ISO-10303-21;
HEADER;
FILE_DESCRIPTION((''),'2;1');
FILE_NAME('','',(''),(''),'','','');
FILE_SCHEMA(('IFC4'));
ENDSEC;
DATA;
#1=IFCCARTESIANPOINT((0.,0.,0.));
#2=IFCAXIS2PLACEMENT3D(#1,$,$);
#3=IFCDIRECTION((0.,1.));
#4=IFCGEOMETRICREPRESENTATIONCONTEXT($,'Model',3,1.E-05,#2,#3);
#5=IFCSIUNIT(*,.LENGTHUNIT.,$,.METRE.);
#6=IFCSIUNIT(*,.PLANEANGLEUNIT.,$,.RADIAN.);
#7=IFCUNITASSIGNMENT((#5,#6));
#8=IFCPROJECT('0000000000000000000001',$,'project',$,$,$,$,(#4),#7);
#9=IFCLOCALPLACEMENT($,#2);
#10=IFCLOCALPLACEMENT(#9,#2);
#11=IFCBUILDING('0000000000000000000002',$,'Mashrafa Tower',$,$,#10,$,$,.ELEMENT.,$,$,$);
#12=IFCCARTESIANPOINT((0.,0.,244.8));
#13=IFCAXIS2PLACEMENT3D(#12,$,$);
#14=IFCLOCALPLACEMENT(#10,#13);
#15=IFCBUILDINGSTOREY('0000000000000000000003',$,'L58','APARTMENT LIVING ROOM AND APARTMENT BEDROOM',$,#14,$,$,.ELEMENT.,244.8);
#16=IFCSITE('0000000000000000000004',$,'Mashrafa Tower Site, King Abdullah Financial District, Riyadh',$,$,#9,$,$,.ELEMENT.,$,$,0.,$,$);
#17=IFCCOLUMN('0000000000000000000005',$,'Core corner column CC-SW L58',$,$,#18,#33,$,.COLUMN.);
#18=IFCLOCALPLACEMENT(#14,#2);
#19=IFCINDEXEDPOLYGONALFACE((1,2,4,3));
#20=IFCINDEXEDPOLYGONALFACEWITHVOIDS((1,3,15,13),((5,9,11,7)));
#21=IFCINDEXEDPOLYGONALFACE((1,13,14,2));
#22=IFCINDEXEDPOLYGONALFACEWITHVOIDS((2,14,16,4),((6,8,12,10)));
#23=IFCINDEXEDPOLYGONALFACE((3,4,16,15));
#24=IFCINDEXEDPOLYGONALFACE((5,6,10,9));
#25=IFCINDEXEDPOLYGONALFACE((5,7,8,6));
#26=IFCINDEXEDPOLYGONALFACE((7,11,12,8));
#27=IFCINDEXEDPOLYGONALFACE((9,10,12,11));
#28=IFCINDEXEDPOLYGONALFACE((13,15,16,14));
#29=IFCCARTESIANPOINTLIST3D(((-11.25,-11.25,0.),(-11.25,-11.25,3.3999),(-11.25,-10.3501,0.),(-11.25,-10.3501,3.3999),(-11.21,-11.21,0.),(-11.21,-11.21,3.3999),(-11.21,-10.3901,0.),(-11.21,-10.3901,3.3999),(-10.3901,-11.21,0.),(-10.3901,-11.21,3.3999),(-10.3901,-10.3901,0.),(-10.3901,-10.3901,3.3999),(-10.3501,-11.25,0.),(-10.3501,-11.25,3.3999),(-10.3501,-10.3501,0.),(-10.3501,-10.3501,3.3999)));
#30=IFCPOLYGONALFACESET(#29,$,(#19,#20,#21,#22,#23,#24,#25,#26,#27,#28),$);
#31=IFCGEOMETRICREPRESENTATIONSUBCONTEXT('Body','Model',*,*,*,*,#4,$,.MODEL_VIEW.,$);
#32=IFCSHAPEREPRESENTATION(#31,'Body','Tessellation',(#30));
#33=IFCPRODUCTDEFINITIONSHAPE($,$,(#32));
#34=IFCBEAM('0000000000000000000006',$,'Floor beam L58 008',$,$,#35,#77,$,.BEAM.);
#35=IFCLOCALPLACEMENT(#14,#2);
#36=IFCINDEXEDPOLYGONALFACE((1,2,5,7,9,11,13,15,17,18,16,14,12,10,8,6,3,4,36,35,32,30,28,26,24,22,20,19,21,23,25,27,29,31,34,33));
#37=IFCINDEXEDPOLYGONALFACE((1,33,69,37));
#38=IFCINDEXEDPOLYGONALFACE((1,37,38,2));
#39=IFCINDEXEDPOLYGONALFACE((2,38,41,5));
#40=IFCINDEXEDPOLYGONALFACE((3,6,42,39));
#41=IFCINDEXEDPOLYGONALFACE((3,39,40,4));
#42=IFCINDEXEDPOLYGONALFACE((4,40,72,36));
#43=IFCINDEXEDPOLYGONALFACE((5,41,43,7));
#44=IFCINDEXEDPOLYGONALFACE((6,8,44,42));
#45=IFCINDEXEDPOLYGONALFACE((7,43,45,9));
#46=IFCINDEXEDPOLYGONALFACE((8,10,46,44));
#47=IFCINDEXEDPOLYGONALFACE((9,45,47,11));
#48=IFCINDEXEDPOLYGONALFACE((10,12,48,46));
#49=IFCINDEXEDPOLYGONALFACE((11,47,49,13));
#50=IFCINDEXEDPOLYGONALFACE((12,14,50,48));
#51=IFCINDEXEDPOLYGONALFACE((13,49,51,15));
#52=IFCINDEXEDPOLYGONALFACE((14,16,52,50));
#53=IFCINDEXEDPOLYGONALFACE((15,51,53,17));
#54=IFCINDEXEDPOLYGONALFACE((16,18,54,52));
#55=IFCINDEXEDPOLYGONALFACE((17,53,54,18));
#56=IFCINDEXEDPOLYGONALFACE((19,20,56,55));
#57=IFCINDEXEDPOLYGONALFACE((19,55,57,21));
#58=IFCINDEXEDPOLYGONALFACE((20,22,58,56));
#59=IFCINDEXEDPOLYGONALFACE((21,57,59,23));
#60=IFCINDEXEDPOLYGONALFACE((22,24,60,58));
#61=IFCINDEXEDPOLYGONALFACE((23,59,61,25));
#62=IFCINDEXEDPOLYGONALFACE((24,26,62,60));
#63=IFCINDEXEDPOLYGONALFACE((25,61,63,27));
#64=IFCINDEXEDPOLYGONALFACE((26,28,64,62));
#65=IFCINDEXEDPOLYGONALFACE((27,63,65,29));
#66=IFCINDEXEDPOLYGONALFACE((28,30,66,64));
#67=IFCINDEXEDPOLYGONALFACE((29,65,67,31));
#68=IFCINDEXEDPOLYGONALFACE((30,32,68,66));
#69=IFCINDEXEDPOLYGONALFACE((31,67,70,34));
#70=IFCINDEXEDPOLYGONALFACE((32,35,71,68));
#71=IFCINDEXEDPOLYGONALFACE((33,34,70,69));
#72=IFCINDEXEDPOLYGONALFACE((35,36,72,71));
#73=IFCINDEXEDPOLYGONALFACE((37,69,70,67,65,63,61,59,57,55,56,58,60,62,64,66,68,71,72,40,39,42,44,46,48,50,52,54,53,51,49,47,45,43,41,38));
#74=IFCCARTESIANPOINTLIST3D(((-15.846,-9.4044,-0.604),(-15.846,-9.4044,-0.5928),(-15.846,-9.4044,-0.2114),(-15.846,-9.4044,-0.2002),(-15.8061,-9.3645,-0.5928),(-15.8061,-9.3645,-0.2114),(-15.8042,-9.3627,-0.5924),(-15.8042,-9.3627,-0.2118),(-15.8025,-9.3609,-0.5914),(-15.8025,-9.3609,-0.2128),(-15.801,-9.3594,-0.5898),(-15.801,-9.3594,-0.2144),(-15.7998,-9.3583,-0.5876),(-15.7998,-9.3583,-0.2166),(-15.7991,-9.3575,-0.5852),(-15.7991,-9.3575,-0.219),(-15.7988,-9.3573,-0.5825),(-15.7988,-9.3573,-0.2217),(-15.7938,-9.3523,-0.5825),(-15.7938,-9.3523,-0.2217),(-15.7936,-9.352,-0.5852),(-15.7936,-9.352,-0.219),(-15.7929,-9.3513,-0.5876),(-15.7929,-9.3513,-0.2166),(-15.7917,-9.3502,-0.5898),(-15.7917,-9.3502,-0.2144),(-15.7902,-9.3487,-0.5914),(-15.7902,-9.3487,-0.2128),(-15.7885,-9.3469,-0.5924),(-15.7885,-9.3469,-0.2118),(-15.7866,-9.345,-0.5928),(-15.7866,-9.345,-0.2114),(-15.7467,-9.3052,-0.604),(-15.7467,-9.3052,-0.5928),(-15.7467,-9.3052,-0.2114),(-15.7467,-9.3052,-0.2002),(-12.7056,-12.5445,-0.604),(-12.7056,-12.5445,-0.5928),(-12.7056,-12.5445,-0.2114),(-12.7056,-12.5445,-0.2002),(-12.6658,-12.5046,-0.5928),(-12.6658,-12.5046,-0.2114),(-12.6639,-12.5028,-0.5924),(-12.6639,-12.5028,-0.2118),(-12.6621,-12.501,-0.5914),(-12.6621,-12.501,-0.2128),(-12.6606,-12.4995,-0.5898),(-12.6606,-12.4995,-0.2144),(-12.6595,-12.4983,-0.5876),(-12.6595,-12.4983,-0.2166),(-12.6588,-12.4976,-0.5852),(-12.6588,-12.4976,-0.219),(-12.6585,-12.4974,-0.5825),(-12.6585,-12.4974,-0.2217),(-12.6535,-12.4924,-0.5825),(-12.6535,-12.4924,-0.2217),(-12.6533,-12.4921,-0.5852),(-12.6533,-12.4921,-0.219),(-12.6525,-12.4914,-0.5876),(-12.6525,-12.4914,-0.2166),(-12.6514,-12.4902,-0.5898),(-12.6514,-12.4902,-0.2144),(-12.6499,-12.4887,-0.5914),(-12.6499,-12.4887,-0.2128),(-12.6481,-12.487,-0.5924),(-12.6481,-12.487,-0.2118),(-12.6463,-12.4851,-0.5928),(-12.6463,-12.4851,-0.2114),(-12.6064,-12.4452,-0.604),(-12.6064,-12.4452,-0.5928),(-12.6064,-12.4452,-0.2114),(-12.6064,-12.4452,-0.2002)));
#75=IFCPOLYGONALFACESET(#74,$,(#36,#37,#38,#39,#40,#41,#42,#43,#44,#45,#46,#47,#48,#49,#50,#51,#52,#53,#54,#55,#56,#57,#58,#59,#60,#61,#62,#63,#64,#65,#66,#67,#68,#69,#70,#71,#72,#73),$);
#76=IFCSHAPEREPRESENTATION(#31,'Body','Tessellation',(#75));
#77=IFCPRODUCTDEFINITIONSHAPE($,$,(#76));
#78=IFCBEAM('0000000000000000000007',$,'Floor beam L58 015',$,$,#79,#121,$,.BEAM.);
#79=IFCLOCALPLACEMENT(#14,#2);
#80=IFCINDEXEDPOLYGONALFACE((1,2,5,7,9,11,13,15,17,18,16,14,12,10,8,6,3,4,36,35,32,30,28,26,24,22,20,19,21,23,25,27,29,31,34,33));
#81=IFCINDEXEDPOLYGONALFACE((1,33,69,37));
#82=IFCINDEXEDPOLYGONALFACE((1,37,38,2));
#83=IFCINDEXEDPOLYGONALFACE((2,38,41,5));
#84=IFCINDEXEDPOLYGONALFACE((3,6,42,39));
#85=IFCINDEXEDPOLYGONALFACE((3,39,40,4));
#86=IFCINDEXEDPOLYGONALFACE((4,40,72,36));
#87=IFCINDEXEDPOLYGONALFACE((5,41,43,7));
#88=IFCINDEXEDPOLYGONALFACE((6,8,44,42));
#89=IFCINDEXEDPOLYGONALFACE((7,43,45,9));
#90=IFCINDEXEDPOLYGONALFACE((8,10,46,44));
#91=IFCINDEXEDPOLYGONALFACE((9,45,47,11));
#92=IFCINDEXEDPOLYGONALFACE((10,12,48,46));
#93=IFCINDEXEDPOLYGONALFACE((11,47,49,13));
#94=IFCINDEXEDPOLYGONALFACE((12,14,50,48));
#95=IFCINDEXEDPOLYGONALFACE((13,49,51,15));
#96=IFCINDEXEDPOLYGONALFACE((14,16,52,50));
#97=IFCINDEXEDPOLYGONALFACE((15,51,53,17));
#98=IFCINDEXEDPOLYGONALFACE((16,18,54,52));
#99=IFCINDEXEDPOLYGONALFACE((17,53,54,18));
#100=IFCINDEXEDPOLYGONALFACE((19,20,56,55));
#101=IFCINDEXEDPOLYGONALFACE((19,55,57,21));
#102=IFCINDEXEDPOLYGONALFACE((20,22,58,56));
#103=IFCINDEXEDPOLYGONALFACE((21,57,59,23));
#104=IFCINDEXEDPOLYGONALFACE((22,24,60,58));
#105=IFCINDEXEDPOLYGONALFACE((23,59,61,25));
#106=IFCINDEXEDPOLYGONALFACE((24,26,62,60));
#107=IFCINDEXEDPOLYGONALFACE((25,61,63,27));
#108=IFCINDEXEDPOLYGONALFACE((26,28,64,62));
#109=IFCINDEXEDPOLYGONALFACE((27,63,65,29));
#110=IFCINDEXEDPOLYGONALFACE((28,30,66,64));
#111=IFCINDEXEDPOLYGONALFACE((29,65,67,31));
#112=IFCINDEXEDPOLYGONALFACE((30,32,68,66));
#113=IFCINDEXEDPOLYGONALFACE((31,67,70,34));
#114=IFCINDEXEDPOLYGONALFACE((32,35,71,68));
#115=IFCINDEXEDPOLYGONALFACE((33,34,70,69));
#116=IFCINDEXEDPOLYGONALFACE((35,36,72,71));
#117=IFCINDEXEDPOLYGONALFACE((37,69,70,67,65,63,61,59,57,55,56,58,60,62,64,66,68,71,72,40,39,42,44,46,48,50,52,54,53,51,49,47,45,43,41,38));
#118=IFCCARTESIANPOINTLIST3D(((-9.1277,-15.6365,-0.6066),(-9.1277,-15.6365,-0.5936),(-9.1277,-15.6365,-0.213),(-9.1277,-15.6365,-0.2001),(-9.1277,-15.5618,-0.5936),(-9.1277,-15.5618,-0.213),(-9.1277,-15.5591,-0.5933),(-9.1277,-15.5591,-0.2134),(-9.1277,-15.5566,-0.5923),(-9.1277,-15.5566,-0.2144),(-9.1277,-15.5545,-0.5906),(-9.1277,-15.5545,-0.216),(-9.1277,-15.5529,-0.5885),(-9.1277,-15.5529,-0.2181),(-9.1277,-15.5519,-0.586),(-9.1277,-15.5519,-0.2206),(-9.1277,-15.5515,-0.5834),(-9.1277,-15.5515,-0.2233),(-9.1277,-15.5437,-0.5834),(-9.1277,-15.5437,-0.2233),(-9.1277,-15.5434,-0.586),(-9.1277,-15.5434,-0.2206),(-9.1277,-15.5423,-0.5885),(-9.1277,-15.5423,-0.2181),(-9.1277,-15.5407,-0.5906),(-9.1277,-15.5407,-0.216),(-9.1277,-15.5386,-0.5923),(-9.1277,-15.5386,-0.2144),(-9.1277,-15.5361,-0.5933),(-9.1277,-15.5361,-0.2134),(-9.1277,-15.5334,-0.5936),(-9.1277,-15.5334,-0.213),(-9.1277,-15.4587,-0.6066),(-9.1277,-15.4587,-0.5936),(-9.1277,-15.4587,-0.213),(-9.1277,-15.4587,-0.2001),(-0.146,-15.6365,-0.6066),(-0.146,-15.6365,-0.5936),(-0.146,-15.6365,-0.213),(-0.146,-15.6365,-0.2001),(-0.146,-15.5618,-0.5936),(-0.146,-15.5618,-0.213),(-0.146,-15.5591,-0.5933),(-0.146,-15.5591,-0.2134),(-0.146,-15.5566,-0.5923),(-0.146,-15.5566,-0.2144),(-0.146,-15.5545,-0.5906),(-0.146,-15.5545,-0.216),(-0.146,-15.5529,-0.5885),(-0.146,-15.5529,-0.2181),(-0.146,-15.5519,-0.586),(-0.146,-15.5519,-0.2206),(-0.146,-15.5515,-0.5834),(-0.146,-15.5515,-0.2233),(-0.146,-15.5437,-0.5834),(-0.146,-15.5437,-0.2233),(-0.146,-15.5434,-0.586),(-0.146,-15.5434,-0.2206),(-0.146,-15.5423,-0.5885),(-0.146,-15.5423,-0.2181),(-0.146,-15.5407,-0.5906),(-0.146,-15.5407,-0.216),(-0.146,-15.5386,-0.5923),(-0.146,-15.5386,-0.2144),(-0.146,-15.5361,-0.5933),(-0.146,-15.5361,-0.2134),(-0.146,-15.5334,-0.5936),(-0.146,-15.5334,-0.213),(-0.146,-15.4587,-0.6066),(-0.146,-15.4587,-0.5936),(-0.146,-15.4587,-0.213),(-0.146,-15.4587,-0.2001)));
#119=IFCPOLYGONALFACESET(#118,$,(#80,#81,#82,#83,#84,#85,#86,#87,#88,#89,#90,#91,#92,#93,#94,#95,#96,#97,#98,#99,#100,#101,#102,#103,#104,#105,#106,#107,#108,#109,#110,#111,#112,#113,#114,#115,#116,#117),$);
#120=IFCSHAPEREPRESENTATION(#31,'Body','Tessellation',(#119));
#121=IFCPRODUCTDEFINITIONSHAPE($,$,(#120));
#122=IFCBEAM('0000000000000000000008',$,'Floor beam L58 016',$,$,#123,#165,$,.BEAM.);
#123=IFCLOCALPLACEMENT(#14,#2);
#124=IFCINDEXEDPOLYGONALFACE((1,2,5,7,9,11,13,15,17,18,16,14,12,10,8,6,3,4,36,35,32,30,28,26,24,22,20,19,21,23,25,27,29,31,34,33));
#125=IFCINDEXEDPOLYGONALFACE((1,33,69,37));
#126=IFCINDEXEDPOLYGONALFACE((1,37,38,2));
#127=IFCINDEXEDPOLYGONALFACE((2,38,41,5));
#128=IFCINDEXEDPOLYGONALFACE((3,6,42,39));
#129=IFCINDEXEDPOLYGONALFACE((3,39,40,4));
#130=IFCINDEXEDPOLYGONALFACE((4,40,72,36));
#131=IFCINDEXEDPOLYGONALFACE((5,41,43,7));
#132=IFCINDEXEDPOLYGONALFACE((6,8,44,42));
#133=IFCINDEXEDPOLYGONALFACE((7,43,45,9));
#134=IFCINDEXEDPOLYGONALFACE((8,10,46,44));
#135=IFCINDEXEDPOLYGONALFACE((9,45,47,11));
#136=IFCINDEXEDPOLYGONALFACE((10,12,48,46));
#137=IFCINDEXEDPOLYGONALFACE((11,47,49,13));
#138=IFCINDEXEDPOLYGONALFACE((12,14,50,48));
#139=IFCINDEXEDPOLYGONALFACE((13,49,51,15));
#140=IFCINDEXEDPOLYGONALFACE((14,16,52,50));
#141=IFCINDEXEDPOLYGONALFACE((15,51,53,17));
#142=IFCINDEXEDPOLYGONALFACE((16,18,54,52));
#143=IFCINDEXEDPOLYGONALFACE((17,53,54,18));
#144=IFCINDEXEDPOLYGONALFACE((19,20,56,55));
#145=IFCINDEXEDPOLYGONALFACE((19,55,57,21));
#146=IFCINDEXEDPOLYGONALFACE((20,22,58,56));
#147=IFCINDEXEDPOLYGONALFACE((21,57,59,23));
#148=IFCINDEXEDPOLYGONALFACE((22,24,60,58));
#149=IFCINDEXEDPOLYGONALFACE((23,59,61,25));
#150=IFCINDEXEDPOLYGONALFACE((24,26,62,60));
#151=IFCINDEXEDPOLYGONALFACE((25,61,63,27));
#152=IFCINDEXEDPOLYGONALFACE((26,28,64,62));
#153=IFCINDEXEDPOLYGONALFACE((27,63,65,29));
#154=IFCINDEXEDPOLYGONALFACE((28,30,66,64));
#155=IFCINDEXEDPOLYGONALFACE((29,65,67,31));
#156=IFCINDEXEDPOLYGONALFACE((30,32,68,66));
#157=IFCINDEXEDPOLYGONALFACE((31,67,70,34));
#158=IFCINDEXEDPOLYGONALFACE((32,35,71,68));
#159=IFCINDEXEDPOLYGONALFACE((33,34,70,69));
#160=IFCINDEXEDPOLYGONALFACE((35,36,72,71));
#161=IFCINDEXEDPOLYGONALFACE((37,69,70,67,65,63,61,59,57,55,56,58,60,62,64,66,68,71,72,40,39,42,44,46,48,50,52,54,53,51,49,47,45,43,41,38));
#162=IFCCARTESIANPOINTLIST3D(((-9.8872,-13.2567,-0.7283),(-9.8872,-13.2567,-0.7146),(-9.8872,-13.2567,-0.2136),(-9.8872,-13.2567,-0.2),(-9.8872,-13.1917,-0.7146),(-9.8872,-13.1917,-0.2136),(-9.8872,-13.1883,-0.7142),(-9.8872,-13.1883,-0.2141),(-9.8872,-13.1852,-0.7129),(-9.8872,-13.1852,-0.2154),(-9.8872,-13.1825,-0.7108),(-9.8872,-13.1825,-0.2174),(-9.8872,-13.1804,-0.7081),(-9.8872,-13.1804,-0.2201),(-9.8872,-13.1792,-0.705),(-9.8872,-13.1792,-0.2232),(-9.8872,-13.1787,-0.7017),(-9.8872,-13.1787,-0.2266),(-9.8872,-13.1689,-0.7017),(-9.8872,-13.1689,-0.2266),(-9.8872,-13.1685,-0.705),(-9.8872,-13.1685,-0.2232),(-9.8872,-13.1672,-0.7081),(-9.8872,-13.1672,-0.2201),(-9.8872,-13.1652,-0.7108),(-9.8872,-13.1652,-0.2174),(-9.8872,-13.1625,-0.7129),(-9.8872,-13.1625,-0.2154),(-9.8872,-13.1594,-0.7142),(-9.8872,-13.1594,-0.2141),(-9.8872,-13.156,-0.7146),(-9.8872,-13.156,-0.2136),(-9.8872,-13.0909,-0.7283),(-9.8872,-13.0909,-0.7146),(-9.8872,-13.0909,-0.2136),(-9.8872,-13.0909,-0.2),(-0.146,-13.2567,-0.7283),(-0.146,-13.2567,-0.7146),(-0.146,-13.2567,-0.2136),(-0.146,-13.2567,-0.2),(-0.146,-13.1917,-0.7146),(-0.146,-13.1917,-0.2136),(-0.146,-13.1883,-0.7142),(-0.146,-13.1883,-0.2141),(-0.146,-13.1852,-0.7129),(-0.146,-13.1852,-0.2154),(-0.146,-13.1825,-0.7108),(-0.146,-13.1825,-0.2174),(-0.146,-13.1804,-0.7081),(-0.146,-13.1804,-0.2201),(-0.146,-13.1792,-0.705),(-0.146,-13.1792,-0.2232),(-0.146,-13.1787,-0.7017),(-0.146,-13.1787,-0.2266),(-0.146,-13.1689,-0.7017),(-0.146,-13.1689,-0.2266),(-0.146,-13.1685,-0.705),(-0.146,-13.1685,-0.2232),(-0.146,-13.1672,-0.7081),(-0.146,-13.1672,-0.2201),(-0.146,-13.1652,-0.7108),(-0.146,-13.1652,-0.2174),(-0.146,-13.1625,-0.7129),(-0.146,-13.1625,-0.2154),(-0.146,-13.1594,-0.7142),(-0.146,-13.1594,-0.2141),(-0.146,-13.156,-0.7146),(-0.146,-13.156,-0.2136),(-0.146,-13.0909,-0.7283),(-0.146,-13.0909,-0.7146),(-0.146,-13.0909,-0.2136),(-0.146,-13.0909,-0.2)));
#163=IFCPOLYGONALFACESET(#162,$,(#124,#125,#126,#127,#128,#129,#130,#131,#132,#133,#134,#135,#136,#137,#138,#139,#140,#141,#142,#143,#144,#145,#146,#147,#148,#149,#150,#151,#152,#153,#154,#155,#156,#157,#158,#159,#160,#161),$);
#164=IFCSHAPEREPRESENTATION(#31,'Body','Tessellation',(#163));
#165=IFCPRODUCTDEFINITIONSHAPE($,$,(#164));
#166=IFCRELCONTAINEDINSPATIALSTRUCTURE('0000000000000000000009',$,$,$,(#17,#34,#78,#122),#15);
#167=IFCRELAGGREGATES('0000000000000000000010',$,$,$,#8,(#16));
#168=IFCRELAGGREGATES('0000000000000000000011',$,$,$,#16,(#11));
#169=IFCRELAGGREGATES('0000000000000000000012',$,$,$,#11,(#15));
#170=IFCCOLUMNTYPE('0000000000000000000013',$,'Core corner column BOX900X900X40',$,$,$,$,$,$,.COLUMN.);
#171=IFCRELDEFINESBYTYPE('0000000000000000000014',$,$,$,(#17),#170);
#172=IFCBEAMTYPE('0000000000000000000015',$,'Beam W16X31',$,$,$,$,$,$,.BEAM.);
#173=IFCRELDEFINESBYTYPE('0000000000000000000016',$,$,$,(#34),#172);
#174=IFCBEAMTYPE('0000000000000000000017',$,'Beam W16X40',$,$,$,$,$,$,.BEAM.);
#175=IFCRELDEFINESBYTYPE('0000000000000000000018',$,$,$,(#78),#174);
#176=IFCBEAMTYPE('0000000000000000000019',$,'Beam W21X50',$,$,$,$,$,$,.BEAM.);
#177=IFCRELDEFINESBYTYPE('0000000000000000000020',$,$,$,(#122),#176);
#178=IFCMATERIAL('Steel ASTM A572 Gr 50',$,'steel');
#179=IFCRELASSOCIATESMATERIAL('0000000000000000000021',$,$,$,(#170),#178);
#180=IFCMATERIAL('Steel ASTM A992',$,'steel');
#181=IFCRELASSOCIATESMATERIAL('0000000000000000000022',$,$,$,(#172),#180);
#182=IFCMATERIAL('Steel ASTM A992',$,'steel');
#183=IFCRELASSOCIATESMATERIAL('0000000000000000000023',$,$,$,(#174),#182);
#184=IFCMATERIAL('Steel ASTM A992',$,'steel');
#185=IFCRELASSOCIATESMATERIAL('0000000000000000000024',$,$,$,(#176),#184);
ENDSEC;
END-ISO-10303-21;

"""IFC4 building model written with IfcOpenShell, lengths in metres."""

from ifc_helpers import new_model, si_unit, direction, frame, origin, origin_2d, place, context, subcontext, project, spatial, hollow_rectangle, i_section, extrude, material, material_profile, profile_set, type_object, element, save


model = new_model("IFC4")

# Units and contexts
model_context = context("Model", 3, precision=1e-05, world=origin(), true_north=direction((0.0, 1.0)))
body_context = subcontext(model_context, "Body", "Model", "MODEL_VIEW")
ifc_project = project(units=[si_unit("LENGTHUNIT", "METRE"), si_unit("PLANEANGLEUNIT", "RADIAN")], contexts=[model_context])

# Site, building, storey
site_placement = place(None, origin())
site = spatial("IfcSite", under=ifc_project, at=site_placement, Name="Mashrafa Tower Site, King Abdullah Financial District, Riyadh", CompositionType="ELEMENT", RefElevation=0.0)
building_placement = place(site_placement, origin())
building = spatial("IfcBuilding", under=site, at=building_placement, Name="Mashrafa Tower", CompositionType="ELEMENT")
storey_placement = place(building_placement, frame((0.0, 0.0, 244.8)))
storey = spatial("IfcBuildingStorey", under=building, at=storey_placement, Name="L58", Description="APARTMENT LIVING ROOM AND APARTMENT BEDROOM", CompositionType="ELEMENT", Elevation=244.8)

# Column
ifc_material_1 = material(Name="Steel ASTM A572 Gr 50", Category="steel")
ifc_material_profile_1 = material_profile(ifc_material_1, hollow_rectangle(XDim=0.8999, YDim=0.8999, WallThickness=0.04, at=origin_2d()), Name="BOX900X900X40")
ifc_profile_set_1 = profile_set([ifc_material_profile_1], Name="Steel ASTM A572 Gr 50")
column_type = type_object("IfcColumnType", Name="Core corner column BOX900X900X40", PredefinedType="COLUMN", material=ifc_profile_set_1)
column_placement = place(storey_placement, frame((-10.8, -10.8, 0.0), z_axis=(0.0, 0.0, 1.0), x_axis=(1.0, 0.0, 0.0)))
element("IfcColumn", 1, at=column_placement, inside=storey, type_object=column_type, Name="Core corner column CC-SW L58", PredefinedType="COLUMN", context=body_context, shape_type="SweptSolid", body=[
    extrude(hollow_rectangle(XDim=0.8999, YDim=0.8999, WallThickness=0.04, at=origin_2d()), origin(), (0.0, 0.0, 1.0), 3.3999),
])

# Beams
ifc_material_2 = material(Name="Steel ASTM A992", Category="steel")
ifc_material_profile_2 = material_profile(ifc_material_2, i_section(OverallWidth=0.1404, OverallDepth=0.4038, WebThickness=0.0071, FlangeThickness=0.0112, FilletRadius=0.0103, at=origin_2d()), Name="W16X31")
ifc_profile_set_2 = profile_set([ifc_material_profile_2], Name="Steel ASTM A992")
beam_type_1 = type_object("IfcBeamType", Name="Beam W16X31", PredefinedType="BEAM", material=ifc_profile_set_2)
beam_1_placement = place(storey_placement, frame((-12.656, -12.4949, -0.4021), z_axis=(-0.707134, 0.707079, 0.0), x_axis=(-0.707079, -0.707134, 0.0)))
element("IfcBeam", 2, at=beam_1_placement, inside=storey, type_object=beam_type_1, Name="Floor beam L58 008", PredefinedType="BEAM", context=body_context, shape_type="SweptSolid", body=[
    extrude(i_section(OverallWidth=0.1404, OverallDepth=0.4038, WebThickness=0.0071, FlangeThickness=0.0112, FilletRadius=0.0103, at=origin_2d()), origin(), (0.0, 0.0, 1.0), 4.4409),
])
ifc_material_3 = material(Name="Steel ASTM A992", Category="steel")
ifc_material_profile_3 = material_profile(ifc_material_3, i_section(OverallWidth=0.1777, OverallDepth=0.4065, WebThickness=0.0078, FlangeThickness=0.0129, FilletRadius=0.0103, at=origin_2d()), Name="W16X40")
ifc_profile_set_3 = profile_set([ifc_material_profile_3], Name="Steel ASTM A992")
beam_type_2 = type_object("IfcBeamType", Name="Beam W16X40", PredefinedType="BEAM", material=ifc_profile_set_3)
beam_2_placement = place(storey_placement, frame((-0.146, -15.5476, -0.4033), z_axis=(-1.0, 0.0, 0.0), x_axis=(0.0, -1.0, 0.0)))
element("IfcBeam", 3, at=beam_2_placement, inside=storey, type_object=beam_type_2, Name="Floor beam L58 015", PredefinedType="BEAM", context=body_context, shape_type="SweptSolid", body=[
    extrude(i_section(OverallWidth=0.1777, OverallDepth=0.4065, WebThickness=0.0078, FlangeThickness=0.0129, FilletRadius=0.0103, at=origin_2d()), origin(), (0.0, 0.0, 1.0), 8.9817),
])
ifc_material_4 = material(Name="Steel ASTM A992", Category="steel")
ifc_material_profile_4 = material_profile(ifc_material_4, i_section(OverallWidth=0.1658, OverallDepth=0.5283, WebThickness=0.0098, FlangeThickness=0.0137, FilletRadius=0.0129, at=origin_2d()), Name="W21X50")
ifc_profile_set_4 = profile_set([ifc_material_profile_4], Name="Steel ASTM A992")
beam_type_3 = type_object("IfcBeamType", Name="Beam W21X50", PredefinedType="BEAM", material=ifc_profile_set_4)
beam_3_placement = place(storey_placement, frame((-0.146, -13.1738, -0.4641), z_axis=(-1.0, 0.0, 0.0), x_axis=(0.0, -1.0, 0.0)))
element("IfcBeam", 4, at=beam_3_placement, inside=storey, type_object=beam_type_3, Name="Floor beam L58 016", PredefinedType="BEAM", context=body_context, shape_type="SweptSolid", body=[
    extrude(i_section(OverallWidth=0.1658, OverallDepth=0.5283, WebThickness=0.0098, FlangeThickness=0.0137, FilletRadius=0.0129, at=origin_2d()), origin(), (0.0, 0.0, 1.0), 9.7412),
])

save(model, "model.ifc")
